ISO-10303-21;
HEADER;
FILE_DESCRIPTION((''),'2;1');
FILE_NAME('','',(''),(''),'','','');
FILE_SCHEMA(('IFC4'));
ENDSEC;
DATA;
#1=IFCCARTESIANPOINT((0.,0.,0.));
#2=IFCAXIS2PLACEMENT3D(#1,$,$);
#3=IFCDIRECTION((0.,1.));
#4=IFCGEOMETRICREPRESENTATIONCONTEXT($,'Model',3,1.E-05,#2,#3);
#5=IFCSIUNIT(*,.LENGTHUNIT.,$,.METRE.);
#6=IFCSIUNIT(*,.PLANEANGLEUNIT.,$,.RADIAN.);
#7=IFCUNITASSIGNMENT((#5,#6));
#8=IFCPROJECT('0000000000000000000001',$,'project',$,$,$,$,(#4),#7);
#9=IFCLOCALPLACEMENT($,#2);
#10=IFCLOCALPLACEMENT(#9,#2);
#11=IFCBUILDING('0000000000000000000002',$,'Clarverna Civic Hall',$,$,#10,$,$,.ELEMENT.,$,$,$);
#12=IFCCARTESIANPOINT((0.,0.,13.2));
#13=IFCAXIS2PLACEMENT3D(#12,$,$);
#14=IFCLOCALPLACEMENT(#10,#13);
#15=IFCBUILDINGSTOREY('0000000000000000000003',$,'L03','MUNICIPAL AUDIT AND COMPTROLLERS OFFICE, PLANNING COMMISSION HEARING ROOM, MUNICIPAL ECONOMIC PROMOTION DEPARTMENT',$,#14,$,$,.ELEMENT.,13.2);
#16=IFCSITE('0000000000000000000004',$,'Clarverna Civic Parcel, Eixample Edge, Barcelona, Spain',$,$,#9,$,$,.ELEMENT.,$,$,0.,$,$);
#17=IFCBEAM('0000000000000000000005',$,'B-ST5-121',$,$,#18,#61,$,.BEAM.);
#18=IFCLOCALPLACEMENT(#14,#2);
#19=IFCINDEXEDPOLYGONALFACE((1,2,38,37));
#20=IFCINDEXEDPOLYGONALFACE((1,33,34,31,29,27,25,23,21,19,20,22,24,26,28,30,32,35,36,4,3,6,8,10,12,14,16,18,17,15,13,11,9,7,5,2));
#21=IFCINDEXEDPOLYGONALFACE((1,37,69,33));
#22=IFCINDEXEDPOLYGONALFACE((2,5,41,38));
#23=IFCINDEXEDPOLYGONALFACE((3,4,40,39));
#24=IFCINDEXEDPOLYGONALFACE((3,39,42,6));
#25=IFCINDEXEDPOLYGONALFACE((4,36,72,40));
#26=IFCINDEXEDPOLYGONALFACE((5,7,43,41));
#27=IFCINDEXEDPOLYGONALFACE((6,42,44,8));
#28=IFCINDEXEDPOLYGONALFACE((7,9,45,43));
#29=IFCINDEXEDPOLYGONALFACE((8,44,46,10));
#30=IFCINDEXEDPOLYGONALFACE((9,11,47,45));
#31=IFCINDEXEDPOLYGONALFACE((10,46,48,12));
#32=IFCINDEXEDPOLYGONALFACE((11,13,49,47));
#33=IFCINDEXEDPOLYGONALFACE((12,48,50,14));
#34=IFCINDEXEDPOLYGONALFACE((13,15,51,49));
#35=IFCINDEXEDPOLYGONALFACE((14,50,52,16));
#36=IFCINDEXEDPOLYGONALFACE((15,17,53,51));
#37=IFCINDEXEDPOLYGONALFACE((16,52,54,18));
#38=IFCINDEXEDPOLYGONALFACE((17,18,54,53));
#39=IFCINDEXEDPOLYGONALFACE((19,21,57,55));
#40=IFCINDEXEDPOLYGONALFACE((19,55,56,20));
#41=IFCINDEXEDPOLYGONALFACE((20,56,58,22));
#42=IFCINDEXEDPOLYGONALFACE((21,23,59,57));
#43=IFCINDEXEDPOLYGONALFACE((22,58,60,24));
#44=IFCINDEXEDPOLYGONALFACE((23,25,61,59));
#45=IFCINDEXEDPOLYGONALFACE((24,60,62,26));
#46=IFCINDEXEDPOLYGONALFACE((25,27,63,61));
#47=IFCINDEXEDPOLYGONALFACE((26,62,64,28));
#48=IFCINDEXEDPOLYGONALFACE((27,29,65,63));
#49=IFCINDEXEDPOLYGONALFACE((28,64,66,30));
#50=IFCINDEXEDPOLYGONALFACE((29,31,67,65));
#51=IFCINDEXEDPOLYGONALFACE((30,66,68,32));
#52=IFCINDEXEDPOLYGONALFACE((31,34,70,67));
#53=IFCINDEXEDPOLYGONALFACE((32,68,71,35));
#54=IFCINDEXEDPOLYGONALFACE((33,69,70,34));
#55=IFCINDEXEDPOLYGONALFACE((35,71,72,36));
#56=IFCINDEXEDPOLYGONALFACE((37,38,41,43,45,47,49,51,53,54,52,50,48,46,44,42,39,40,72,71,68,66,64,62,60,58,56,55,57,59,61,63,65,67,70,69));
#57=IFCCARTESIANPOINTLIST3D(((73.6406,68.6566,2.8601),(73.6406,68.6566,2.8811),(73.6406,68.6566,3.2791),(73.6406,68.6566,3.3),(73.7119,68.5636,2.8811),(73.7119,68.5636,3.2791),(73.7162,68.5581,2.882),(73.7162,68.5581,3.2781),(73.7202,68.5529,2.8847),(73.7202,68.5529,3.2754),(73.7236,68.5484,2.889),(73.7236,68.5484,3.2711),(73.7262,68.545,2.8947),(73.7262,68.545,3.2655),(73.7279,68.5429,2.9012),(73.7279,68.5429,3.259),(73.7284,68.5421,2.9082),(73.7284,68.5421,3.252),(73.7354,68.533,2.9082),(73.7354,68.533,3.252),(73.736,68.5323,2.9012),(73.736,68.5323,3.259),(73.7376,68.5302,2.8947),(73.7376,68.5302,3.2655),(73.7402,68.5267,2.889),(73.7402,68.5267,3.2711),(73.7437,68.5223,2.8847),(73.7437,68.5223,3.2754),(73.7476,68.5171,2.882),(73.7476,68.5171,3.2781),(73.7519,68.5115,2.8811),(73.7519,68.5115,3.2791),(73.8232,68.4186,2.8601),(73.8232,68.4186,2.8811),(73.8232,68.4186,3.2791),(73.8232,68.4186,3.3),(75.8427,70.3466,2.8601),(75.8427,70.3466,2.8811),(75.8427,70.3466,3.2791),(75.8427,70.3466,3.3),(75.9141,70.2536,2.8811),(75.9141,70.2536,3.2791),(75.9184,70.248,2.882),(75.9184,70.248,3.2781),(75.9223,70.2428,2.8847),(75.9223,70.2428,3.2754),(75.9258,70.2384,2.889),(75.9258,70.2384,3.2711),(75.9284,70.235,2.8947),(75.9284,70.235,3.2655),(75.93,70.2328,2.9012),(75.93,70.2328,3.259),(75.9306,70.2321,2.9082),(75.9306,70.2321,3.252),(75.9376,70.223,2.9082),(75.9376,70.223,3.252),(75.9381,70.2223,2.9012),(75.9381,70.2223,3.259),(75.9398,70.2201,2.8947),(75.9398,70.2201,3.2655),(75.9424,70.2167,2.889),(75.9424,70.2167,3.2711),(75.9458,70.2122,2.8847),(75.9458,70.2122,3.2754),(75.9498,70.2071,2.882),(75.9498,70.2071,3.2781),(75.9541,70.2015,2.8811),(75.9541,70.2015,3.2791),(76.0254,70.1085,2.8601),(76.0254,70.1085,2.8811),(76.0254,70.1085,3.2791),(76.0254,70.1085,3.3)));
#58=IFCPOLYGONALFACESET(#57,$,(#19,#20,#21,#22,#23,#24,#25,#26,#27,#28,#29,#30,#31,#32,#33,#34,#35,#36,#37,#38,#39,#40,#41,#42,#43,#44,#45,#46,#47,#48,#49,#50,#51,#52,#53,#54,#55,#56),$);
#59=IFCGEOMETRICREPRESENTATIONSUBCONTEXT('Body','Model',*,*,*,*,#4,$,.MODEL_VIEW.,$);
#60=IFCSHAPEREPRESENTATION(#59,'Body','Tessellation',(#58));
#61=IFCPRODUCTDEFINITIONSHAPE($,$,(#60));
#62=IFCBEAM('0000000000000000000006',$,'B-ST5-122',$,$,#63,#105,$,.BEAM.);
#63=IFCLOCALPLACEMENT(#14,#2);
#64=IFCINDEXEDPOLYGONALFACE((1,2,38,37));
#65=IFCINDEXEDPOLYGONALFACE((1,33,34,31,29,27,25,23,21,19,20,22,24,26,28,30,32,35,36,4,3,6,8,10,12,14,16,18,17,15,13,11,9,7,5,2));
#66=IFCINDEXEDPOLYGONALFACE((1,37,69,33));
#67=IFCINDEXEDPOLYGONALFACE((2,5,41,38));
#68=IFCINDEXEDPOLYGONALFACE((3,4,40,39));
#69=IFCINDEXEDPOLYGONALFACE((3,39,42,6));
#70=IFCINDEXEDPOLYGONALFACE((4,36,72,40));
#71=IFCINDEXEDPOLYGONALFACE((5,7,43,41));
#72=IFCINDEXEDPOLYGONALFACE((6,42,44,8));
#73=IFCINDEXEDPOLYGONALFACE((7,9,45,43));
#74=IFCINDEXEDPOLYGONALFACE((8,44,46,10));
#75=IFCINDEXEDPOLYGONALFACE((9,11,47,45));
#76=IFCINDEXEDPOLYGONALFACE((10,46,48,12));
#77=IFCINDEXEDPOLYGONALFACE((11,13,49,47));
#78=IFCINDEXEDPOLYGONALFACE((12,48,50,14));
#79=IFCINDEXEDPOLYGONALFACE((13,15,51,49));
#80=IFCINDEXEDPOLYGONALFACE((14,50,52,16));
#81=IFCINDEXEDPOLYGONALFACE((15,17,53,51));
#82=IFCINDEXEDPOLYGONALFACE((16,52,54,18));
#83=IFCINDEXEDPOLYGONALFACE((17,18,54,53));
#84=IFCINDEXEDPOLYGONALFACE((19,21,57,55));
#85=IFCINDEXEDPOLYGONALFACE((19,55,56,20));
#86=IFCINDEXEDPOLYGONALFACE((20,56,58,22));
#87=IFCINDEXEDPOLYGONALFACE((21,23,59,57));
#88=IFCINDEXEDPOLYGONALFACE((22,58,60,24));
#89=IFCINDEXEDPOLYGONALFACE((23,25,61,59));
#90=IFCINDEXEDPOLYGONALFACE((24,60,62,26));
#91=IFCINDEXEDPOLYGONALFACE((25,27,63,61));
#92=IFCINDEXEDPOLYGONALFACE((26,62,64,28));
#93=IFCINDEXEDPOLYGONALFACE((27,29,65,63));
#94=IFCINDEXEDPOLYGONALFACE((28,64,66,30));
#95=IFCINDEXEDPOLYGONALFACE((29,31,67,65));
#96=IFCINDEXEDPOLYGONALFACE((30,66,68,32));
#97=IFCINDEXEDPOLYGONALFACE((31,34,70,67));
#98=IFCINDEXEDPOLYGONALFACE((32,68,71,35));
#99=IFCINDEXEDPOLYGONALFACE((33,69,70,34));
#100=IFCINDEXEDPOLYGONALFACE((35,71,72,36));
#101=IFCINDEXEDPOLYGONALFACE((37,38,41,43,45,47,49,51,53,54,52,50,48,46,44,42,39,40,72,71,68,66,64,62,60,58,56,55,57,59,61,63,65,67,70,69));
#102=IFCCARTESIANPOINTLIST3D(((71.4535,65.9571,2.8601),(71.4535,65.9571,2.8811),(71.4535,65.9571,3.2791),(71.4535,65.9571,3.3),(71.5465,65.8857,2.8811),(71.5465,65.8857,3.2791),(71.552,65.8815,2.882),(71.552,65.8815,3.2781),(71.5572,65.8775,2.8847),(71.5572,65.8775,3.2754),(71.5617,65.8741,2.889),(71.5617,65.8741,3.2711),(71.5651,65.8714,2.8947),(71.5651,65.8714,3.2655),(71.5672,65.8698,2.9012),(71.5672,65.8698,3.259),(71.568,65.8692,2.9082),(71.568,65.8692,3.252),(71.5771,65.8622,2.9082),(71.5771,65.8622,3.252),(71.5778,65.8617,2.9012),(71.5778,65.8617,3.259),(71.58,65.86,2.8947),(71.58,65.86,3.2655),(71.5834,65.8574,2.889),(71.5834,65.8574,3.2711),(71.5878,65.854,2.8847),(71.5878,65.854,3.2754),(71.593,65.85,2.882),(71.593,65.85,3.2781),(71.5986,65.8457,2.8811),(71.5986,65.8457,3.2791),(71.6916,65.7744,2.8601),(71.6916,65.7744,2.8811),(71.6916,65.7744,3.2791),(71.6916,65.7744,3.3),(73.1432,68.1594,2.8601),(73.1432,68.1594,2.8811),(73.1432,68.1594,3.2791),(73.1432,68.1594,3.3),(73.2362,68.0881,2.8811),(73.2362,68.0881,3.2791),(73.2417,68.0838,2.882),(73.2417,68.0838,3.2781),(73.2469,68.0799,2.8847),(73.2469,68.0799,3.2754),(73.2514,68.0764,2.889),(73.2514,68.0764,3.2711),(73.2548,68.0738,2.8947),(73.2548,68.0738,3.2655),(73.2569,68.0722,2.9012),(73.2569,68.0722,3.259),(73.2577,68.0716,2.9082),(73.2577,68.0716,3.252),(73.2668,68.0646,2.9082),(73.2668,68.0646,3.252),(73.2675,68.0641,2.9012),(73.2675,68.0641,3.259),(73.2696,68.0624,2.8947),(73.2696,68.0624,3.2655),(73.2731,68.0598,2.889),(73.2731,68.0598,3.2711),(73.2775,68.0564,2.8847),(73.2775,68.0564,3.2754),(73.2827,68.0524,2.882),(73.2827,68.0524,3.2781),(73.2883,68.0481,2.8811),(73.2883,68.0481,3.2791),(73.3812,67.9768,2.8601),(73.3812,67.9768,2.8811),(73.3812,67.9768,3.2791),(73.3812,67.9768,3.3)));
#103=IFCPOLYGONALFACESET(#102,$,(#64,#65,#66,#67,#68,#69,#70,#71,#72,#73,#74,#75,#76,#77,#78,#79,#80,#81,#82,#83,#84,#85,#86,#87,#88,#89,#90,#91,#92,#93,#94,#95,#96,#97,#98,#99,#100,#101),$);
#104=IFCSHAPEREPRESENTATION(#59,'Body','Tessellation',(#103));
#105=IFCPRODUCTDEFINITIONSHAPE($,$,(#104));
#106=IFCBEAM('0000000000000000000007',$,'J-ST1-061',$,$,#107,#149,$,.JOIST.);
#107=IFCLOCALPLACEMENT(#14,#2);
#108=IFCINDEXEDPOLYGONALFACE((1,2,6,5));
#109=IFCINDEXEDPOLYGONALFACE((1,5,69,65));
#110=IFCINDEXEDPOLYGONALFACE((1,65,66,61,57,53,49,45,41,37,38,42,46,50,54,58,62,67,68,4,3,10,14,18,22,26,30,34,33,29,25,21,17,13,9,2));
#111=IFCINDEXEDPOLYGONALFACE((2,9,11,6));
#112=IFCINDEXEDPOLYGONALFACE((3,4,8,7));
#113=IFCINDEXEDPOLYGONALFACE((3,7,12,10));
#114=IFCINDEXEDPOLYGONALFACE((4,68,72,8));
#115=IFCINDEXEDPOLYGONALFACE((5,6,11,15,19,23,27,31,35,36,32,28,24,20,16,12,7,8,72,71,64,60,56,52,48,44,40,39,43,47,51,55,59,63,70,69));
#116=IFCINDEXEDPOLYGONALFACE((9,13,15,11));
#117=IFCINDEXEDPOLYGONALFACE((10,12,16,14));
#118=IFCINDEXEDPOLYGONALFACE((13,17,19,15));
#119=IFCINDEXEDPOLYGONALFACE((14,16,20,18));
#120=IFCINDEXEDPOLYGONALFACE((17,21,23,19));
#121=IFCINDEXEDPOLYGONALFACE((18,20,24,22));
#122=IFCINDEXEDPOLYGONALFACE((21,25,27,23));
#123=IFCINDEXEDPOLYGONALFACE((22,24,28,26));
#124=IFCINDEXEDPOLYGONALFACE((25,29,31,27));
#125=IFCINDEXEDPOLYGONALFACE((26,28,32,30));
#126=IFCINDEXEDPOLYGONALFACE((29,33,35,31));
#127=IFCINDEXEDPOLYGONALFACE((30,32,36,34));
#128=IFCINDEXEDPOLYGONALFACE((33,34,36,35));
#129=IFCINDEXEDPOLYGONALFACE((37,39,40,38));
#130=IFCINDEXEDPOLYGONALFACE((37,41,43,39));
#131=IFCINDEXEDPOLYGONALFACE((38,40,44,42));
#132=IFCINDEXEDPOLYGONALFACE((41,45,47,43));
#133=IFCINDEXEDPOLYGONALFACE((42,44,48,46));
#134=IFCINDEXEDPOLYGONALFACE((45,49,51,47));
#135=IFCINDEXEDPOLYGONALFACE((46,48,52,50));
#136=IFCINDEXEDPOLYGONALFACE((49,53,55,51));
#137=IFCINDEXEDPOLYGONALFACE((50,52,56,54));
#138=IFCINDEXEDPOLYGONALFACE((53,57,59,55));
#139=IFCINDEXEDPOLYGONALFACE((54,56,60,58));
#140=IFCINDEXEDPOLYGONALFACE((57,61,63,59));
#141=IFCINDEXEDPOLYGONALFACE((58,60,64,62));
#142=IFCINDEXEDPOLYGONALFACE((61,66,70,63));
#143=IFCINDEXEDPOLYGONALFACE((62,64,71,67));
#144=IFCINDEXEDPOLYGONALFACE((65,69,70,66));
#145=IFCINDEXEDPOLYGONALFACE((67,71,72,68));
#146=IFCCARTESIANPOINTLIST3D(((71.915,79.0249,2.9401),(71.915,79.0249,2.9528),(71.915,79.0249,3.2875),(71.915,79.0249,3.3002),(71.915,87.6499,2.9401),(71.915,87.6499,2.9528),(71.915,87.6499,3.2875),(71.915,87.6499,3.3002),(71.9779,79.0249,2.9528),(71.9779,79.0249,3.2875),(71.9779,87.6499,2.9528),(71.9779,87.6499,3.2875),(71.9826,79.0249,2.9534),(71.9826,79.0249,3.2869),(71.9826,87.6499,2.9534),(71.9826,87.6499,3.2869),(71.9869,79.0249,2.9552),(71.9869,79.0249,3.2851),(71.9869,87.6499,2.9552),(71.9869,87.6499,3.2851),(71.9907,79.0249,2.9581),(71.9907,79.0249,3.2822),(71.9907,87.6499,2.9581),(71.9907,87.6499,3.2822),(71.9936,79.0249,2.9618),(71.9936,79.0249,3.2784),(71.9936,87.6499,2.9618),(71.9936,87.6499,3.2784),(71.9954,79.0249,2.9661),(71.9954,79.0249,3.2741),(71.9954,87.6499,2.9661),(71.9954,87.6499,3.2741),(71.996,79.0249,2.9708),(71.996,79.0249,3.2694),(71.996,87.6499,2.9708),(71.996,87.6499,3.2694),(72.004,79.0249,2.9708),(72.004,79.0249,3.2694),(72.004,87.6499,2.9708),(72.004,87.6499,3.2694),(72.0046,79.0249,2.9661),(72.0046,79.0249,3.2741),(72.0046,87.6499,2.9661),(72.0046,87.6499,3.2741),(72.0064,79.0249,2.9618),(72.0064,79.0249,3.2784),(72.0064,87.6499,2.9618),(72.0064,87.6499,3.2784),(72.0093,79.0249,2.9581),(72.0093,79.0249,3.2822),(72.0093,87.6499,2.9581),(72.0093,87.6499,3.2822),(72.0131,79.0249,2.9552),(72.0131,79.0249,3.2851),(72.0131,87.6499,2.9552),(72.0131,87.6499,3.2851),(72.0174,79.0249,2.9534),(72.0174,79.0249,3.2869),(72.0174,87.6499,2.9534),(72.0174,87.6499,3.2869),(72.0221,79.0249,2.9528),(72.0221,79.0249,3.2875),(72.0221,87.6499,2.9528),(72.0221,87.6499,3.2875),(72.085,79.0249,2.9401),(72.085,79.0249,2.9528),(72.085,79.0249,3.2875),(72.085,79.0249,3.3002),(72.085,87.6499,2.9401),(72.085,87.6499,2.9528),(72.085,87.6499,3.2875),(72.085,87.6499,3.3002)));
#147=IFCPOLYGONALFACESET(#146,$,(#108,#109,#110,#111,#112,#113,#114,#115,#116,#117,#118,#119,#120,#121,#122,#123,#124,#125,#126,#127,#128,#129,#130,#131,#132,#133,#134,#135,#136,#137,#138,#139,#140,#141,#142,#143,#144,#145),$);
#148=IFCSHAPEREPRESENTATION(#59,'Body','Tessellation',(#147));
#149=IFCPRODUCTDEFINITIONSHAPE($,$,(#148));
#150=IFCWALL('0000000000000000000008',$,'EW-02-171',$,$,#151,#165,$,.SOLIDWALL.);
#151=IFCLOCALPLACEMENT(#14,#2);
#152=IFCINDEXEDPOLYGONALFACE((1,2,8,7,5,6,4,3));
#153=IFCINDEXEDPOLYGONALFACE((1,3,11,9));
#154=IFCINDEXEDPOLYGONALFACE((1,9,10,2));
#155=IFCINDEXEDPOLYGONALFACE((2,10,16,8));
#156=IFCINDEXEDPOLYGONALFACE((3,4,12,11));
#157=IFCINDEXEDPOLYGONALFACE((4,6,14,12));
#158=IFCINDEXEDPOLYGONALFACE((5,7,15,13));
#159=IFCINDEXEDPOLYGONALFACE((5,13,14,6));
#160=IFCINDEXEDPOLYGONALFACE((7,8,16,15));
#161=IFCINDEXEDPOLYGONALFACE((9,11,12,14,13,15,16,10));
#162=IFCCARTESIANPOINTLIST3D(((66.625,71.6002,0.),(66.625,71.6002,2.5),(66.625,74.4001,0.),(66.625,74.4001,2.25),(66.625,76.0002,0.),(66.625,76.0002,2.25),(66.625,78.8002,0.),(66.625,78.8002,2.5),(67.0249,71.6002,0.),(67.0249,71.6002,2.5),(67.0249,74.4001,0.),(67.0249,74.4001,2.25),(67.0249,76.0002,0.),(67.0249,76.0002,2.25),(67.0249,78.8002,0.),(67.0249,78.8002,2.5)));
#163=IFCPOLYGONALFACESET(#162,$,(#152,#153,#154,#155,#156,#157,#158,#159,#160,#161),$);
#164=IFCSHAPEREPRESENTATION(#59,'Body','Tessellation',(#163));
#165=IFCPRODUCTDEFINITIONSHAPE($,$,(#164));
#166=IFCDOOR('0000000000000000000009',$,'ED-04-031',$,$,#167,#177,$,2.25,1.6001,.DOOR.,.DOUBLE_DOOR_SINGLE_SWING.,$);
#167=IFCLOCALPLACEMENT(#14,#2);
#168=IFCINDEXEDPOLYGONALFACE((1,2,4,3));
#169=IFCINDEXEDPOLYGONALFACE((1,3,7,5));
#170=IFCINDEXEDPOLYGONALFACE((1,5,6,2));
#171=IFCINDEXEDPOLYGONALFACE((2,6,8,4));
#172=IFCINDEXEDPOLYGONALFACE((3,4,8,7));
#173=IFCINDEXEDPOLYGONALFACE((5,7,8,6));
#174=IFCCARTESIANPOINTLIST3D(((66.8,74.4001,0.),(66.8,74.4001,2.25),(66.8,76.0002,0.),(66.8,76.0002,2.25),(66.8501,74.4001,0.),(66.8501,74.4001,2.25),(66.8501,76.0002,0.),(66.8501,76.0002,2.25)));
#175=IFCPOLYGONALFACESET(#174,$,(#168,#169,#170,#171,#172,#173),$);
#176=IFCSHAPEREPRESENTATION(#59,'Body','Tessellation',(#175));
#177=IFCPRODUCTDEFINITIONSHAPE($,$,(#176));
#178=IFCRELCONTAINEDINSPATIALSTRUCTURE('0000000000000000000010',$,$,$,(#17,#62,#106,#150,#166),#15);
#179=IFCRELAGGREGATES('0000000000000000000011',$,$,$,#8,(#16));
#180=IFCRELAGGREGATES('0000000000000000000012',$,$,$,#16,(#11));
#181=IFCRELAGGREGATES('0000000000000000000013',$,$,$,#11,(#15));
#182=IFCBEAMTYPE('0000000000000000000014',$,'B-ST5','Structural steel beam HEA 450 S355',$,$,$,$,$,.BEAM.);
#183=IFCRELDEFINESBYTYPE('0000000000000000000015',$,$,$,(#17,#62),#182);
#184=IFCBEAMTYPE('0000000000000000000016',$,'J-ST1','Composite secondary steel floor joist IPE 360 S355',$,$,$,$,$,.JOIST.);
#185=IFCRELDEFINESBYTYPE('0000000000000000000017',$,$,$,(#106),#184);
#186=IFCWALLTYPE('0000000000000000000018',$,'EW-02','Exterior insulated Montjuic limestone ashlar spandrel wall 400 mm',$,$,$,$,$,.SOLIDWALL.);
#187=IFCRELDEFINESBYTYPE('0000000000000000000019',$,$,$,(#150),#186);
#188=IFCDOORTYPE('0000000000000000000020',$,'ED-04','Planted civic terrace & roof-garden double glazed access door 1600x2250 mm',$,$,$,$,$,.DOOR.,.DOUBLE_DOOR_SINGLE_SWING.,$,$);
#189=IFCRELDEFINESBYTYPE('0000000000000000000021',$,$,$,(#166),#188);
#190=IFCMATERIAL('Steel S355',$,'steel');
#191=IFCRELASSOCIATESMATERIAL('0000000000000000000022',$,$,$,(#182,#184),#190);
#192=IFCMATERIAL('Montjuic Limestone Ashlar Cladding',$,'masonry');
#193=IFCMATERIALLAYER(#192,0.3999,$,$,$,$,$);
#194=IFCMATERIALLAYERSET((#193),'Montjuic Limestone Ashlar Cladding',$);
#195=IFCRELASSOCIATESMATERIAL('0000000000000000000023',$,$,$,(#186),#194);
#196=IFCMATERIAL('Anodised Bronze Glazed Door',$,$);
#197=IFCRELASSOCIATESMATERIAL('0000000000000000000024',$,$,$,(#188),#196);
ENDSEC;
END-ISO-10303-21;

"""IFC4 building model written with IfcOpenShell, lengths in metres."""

from ifc_helpers import new_model, si_unit, direction, frame, frame_2d, origin, origin_2d, place, context, subcontext, project, spatial, rectangle, i_section, extrude, material, layer, layer_set, material_profile, profile_set, type_object, element, fill, save


model = new_model("IFC4")

# Units and contexts
model_context = context("Model", 3, precision=1e-05, world=origin(), true_north=direction((0.0, 1.0)))
body_context = subcontext(model_context, "Body", "Model", "MODEL_VIEW")
ifc_project = project(units=[si_unit("LENGTHUNIT", "METRE"), si_unit("PLANEANGLEUNIT", "RADIAN")], contexts=[model_context])

# Site, building, storey
site_placement = place(None, origin())
site = spatial("IfcSite", under=ifc_project, at=site_placement, Name="Clarverna Civic Parcel, Eixample Edge, Barcelona, Spain", CompositionType="ELEMENT", RefElevation=0.0)
building_placement = place(site_placement, origin())
building = spatial("IfcBuilding", under=site, at=building_placement, Name="Clarverna Civic Hall", CompositionType="ELEMENT")
storey_placement = place(building_placement, frame((0.0, 0.0, 13.2)))
storey = spatial("IfcBuildingStorey", under=building, at=storey_placement, Name="L03", Description="MUNICIPAL AUDIT AND COMPTROLLERS OFFICE, PLANNING COMMISSION HEARING ROOM, MUNICIPAL ECONOMIC PROMOTION DEPARTMENT", CompositionType="ELEMENT", Elevation=13.2)

# Beams
ifc_material_1 = material(Name="Steel S355", Category="steel")
ifc_material_profile_1 = material_profile(ifc_material_1, i_section(OverallWidth=0.3, OverallDepth=0.4399, WebThickness=0.0115, FlangeThickness=0.021, FilletRadius=0.0271, at=origin_2d()), Name="HEA 450")
ifc_profile_set_1 = profile_set([ifc_material_profile_1], Name="Steel S355")
beam_type_1 = type_object("IfcBeamType", Name="B-ST5", Description="Structural steel beam HEA 450 S355", PredefinedType="BEAM", material=ifc_profile_set_1)
for number, where, z_axis, x_axis, name in (
    (1, (75.9341, 70.2275, 3.0801), (-0.793323, -0.608801, 0.0), (0.608801, -0.793323, 0.0), "B-ST5-121"),
    (2, (73.2622, 68.0681, 3.0801), (-0.608703, -0.793398, 0.0), (0.793398, -0.608703, 0.0), "B-ST5-122"),
):
    element("IfcBeam", number, at=place(storey_placement, frame(where, z_axis=z_axis, x_axis=x_axis)), inside=storey, type_object=beam_type_1, Name=name, PredefinedType="BEAM", context=body_context, shape_type="SweptSolid", body=[
        extrude(i_section(OverallWidth=0.3, OverallDepth=0.4399, WebThickness=0.0115, FlangeThickness=0.021, FilletRadius=0.0271, at=origin_2d()), origin(), (0.0, 0.0, 1.0), 2.7759),
    ])
ifc_material_profile_2 = material_profile(ifc_material_1, i_section(OverallWidth=0.1699, OverallDepth=0.3601, WebThickness=0.0081, FlangeThickness=0.0127, FilletRadius=0.0181, at=origin_2d()), Name="IPE 360")
ifc_profile_set_2 = profile_set([ifc_material_profile_2], Name="Steel S355")
beam_type_2 = type_object("IfcBeamType", Name="J-ST1", Description="Composite secondary steel floor joist IPE 360 S355", PredefinedType="JOIST", material=ifc_profile_set_2)
beam_1_placement = place(storey_placement, frame((72.0, 79.0249, 3.1201), z_axis=(0.0, 1.0, 0.0), x_axis=(-1.0, 0.0, 0.0)))
element("IfcBeam", 3, at=beam_1_placement, inside=storey, type_object=beam_type_2, Name="J-ST1-061", PredefinedType="JOIST", context=body_context, shape_type="SweptSolid", body=[
    extrude(i_section(OverallWidth=0.1699, OverallDepth=0.3601, WebThickness=0.0081, FlangeThickness=0.0127, FilletRadius=0.0181, at=origin_2d()), origin(), (0.0, 0.0, 1.0), 8.625),
])

# Wall, opening, door
ifc_material_2 = material(Name="Montjuic Limestone Ashlar Cladding", Category="masonry")
ifc_layer_1 = layer(ifc_material_2, 0.3999)
ifc_layer_set_1 = layer_set([ifc_layer_1], Name="Montjuic Limestone Ashlar Cladding")
wall_type_1 = type_object("IfcWallType", Name="EW-02", Description="Exterior insulated Montjuic limestone ashlar spandrel wall 400 mm", PredefinedType="SOLIDWALL", material=ifc_layer_set_1)
wall_1_placement = place(storey_placement, frame((66.825, 71.6001, 0.0), z_axis=(0.0, 0.0, 1.0), x_axis=(0.0, 1.0, 0.0)))
wall_1 = element("IfcWall", 4, at=wall_1_placement, inside=storey, type_object=wall_type_1, Name="EW-02-171", PredefinedType="SOLIDWALL", context=body_context, shape_type="SweptSolid", body=[
    extrude(rectangle(XDim=7.2, YDim=0.3999, at=frame_2d((3.6001, 0.0))), origin(), (0.0, 0.0, 1.0), 2.5),
])
opening_1_placement = place(wall_1_placement, frame((2.8, 0.0, 0.0)))
opening_1 = element("IfcOpeningElement", 5, at=opening_1_placement, cuts=wall_1, PredefinedType="OPENING", context=body_context, shape_type="SweptSolid", body=[
    extrude(rectangle(XDim=1.6001, YDim=2.25, at=frame_2d((0.8, 1.125))), frame((0.0, 0.21, 0.0), z_axis=(0.0, -1.0, 0.0), x_axis=(1.0, 0.0, 0.0)), (0.0, 0.0, 1.0), 0.4199),
])
ifc_material_3 = material(Name="Anodised Bronze Glazed Door")
door_type_1 = type_object("IfcDoorType", Name="ED-04", Description="Planted civic terrace & roof-garden double glazed access door 1600x2250 mm", OperationType="DOUBLE_DOOR_SINGLE_SWING", PredefinedType="DOOR", material=ifc_material_3)
door_1_placement = place(opening_1_placement, origin())
door_1 = element("IfcDoor", 6, at=door_1_placement, inside=storey, type_object=door_type_1, Name="ED-04-031", OperationType="DOUBLE_DOOR_SINGLE_SWING", OverallHeight=2.25, OverallWidth=1.6001, PredefinedType="DOOR", context=body_context, shape_type="SweptSolid", body=[
    extrude(rectangle(XDim=1.6001, YDim=2.25, at=frame_2d((0.8, 1.125))), frame((0.0, 0.0249, 0.0), z_axis=(0.0, -1.0, 0.0), x_axis=(1.0, 0.0, 0.0)), (0.0, 0.0, 1.0), 0.05),
])
fill(opening_1, door_1)

save(model, "model.ifc")
